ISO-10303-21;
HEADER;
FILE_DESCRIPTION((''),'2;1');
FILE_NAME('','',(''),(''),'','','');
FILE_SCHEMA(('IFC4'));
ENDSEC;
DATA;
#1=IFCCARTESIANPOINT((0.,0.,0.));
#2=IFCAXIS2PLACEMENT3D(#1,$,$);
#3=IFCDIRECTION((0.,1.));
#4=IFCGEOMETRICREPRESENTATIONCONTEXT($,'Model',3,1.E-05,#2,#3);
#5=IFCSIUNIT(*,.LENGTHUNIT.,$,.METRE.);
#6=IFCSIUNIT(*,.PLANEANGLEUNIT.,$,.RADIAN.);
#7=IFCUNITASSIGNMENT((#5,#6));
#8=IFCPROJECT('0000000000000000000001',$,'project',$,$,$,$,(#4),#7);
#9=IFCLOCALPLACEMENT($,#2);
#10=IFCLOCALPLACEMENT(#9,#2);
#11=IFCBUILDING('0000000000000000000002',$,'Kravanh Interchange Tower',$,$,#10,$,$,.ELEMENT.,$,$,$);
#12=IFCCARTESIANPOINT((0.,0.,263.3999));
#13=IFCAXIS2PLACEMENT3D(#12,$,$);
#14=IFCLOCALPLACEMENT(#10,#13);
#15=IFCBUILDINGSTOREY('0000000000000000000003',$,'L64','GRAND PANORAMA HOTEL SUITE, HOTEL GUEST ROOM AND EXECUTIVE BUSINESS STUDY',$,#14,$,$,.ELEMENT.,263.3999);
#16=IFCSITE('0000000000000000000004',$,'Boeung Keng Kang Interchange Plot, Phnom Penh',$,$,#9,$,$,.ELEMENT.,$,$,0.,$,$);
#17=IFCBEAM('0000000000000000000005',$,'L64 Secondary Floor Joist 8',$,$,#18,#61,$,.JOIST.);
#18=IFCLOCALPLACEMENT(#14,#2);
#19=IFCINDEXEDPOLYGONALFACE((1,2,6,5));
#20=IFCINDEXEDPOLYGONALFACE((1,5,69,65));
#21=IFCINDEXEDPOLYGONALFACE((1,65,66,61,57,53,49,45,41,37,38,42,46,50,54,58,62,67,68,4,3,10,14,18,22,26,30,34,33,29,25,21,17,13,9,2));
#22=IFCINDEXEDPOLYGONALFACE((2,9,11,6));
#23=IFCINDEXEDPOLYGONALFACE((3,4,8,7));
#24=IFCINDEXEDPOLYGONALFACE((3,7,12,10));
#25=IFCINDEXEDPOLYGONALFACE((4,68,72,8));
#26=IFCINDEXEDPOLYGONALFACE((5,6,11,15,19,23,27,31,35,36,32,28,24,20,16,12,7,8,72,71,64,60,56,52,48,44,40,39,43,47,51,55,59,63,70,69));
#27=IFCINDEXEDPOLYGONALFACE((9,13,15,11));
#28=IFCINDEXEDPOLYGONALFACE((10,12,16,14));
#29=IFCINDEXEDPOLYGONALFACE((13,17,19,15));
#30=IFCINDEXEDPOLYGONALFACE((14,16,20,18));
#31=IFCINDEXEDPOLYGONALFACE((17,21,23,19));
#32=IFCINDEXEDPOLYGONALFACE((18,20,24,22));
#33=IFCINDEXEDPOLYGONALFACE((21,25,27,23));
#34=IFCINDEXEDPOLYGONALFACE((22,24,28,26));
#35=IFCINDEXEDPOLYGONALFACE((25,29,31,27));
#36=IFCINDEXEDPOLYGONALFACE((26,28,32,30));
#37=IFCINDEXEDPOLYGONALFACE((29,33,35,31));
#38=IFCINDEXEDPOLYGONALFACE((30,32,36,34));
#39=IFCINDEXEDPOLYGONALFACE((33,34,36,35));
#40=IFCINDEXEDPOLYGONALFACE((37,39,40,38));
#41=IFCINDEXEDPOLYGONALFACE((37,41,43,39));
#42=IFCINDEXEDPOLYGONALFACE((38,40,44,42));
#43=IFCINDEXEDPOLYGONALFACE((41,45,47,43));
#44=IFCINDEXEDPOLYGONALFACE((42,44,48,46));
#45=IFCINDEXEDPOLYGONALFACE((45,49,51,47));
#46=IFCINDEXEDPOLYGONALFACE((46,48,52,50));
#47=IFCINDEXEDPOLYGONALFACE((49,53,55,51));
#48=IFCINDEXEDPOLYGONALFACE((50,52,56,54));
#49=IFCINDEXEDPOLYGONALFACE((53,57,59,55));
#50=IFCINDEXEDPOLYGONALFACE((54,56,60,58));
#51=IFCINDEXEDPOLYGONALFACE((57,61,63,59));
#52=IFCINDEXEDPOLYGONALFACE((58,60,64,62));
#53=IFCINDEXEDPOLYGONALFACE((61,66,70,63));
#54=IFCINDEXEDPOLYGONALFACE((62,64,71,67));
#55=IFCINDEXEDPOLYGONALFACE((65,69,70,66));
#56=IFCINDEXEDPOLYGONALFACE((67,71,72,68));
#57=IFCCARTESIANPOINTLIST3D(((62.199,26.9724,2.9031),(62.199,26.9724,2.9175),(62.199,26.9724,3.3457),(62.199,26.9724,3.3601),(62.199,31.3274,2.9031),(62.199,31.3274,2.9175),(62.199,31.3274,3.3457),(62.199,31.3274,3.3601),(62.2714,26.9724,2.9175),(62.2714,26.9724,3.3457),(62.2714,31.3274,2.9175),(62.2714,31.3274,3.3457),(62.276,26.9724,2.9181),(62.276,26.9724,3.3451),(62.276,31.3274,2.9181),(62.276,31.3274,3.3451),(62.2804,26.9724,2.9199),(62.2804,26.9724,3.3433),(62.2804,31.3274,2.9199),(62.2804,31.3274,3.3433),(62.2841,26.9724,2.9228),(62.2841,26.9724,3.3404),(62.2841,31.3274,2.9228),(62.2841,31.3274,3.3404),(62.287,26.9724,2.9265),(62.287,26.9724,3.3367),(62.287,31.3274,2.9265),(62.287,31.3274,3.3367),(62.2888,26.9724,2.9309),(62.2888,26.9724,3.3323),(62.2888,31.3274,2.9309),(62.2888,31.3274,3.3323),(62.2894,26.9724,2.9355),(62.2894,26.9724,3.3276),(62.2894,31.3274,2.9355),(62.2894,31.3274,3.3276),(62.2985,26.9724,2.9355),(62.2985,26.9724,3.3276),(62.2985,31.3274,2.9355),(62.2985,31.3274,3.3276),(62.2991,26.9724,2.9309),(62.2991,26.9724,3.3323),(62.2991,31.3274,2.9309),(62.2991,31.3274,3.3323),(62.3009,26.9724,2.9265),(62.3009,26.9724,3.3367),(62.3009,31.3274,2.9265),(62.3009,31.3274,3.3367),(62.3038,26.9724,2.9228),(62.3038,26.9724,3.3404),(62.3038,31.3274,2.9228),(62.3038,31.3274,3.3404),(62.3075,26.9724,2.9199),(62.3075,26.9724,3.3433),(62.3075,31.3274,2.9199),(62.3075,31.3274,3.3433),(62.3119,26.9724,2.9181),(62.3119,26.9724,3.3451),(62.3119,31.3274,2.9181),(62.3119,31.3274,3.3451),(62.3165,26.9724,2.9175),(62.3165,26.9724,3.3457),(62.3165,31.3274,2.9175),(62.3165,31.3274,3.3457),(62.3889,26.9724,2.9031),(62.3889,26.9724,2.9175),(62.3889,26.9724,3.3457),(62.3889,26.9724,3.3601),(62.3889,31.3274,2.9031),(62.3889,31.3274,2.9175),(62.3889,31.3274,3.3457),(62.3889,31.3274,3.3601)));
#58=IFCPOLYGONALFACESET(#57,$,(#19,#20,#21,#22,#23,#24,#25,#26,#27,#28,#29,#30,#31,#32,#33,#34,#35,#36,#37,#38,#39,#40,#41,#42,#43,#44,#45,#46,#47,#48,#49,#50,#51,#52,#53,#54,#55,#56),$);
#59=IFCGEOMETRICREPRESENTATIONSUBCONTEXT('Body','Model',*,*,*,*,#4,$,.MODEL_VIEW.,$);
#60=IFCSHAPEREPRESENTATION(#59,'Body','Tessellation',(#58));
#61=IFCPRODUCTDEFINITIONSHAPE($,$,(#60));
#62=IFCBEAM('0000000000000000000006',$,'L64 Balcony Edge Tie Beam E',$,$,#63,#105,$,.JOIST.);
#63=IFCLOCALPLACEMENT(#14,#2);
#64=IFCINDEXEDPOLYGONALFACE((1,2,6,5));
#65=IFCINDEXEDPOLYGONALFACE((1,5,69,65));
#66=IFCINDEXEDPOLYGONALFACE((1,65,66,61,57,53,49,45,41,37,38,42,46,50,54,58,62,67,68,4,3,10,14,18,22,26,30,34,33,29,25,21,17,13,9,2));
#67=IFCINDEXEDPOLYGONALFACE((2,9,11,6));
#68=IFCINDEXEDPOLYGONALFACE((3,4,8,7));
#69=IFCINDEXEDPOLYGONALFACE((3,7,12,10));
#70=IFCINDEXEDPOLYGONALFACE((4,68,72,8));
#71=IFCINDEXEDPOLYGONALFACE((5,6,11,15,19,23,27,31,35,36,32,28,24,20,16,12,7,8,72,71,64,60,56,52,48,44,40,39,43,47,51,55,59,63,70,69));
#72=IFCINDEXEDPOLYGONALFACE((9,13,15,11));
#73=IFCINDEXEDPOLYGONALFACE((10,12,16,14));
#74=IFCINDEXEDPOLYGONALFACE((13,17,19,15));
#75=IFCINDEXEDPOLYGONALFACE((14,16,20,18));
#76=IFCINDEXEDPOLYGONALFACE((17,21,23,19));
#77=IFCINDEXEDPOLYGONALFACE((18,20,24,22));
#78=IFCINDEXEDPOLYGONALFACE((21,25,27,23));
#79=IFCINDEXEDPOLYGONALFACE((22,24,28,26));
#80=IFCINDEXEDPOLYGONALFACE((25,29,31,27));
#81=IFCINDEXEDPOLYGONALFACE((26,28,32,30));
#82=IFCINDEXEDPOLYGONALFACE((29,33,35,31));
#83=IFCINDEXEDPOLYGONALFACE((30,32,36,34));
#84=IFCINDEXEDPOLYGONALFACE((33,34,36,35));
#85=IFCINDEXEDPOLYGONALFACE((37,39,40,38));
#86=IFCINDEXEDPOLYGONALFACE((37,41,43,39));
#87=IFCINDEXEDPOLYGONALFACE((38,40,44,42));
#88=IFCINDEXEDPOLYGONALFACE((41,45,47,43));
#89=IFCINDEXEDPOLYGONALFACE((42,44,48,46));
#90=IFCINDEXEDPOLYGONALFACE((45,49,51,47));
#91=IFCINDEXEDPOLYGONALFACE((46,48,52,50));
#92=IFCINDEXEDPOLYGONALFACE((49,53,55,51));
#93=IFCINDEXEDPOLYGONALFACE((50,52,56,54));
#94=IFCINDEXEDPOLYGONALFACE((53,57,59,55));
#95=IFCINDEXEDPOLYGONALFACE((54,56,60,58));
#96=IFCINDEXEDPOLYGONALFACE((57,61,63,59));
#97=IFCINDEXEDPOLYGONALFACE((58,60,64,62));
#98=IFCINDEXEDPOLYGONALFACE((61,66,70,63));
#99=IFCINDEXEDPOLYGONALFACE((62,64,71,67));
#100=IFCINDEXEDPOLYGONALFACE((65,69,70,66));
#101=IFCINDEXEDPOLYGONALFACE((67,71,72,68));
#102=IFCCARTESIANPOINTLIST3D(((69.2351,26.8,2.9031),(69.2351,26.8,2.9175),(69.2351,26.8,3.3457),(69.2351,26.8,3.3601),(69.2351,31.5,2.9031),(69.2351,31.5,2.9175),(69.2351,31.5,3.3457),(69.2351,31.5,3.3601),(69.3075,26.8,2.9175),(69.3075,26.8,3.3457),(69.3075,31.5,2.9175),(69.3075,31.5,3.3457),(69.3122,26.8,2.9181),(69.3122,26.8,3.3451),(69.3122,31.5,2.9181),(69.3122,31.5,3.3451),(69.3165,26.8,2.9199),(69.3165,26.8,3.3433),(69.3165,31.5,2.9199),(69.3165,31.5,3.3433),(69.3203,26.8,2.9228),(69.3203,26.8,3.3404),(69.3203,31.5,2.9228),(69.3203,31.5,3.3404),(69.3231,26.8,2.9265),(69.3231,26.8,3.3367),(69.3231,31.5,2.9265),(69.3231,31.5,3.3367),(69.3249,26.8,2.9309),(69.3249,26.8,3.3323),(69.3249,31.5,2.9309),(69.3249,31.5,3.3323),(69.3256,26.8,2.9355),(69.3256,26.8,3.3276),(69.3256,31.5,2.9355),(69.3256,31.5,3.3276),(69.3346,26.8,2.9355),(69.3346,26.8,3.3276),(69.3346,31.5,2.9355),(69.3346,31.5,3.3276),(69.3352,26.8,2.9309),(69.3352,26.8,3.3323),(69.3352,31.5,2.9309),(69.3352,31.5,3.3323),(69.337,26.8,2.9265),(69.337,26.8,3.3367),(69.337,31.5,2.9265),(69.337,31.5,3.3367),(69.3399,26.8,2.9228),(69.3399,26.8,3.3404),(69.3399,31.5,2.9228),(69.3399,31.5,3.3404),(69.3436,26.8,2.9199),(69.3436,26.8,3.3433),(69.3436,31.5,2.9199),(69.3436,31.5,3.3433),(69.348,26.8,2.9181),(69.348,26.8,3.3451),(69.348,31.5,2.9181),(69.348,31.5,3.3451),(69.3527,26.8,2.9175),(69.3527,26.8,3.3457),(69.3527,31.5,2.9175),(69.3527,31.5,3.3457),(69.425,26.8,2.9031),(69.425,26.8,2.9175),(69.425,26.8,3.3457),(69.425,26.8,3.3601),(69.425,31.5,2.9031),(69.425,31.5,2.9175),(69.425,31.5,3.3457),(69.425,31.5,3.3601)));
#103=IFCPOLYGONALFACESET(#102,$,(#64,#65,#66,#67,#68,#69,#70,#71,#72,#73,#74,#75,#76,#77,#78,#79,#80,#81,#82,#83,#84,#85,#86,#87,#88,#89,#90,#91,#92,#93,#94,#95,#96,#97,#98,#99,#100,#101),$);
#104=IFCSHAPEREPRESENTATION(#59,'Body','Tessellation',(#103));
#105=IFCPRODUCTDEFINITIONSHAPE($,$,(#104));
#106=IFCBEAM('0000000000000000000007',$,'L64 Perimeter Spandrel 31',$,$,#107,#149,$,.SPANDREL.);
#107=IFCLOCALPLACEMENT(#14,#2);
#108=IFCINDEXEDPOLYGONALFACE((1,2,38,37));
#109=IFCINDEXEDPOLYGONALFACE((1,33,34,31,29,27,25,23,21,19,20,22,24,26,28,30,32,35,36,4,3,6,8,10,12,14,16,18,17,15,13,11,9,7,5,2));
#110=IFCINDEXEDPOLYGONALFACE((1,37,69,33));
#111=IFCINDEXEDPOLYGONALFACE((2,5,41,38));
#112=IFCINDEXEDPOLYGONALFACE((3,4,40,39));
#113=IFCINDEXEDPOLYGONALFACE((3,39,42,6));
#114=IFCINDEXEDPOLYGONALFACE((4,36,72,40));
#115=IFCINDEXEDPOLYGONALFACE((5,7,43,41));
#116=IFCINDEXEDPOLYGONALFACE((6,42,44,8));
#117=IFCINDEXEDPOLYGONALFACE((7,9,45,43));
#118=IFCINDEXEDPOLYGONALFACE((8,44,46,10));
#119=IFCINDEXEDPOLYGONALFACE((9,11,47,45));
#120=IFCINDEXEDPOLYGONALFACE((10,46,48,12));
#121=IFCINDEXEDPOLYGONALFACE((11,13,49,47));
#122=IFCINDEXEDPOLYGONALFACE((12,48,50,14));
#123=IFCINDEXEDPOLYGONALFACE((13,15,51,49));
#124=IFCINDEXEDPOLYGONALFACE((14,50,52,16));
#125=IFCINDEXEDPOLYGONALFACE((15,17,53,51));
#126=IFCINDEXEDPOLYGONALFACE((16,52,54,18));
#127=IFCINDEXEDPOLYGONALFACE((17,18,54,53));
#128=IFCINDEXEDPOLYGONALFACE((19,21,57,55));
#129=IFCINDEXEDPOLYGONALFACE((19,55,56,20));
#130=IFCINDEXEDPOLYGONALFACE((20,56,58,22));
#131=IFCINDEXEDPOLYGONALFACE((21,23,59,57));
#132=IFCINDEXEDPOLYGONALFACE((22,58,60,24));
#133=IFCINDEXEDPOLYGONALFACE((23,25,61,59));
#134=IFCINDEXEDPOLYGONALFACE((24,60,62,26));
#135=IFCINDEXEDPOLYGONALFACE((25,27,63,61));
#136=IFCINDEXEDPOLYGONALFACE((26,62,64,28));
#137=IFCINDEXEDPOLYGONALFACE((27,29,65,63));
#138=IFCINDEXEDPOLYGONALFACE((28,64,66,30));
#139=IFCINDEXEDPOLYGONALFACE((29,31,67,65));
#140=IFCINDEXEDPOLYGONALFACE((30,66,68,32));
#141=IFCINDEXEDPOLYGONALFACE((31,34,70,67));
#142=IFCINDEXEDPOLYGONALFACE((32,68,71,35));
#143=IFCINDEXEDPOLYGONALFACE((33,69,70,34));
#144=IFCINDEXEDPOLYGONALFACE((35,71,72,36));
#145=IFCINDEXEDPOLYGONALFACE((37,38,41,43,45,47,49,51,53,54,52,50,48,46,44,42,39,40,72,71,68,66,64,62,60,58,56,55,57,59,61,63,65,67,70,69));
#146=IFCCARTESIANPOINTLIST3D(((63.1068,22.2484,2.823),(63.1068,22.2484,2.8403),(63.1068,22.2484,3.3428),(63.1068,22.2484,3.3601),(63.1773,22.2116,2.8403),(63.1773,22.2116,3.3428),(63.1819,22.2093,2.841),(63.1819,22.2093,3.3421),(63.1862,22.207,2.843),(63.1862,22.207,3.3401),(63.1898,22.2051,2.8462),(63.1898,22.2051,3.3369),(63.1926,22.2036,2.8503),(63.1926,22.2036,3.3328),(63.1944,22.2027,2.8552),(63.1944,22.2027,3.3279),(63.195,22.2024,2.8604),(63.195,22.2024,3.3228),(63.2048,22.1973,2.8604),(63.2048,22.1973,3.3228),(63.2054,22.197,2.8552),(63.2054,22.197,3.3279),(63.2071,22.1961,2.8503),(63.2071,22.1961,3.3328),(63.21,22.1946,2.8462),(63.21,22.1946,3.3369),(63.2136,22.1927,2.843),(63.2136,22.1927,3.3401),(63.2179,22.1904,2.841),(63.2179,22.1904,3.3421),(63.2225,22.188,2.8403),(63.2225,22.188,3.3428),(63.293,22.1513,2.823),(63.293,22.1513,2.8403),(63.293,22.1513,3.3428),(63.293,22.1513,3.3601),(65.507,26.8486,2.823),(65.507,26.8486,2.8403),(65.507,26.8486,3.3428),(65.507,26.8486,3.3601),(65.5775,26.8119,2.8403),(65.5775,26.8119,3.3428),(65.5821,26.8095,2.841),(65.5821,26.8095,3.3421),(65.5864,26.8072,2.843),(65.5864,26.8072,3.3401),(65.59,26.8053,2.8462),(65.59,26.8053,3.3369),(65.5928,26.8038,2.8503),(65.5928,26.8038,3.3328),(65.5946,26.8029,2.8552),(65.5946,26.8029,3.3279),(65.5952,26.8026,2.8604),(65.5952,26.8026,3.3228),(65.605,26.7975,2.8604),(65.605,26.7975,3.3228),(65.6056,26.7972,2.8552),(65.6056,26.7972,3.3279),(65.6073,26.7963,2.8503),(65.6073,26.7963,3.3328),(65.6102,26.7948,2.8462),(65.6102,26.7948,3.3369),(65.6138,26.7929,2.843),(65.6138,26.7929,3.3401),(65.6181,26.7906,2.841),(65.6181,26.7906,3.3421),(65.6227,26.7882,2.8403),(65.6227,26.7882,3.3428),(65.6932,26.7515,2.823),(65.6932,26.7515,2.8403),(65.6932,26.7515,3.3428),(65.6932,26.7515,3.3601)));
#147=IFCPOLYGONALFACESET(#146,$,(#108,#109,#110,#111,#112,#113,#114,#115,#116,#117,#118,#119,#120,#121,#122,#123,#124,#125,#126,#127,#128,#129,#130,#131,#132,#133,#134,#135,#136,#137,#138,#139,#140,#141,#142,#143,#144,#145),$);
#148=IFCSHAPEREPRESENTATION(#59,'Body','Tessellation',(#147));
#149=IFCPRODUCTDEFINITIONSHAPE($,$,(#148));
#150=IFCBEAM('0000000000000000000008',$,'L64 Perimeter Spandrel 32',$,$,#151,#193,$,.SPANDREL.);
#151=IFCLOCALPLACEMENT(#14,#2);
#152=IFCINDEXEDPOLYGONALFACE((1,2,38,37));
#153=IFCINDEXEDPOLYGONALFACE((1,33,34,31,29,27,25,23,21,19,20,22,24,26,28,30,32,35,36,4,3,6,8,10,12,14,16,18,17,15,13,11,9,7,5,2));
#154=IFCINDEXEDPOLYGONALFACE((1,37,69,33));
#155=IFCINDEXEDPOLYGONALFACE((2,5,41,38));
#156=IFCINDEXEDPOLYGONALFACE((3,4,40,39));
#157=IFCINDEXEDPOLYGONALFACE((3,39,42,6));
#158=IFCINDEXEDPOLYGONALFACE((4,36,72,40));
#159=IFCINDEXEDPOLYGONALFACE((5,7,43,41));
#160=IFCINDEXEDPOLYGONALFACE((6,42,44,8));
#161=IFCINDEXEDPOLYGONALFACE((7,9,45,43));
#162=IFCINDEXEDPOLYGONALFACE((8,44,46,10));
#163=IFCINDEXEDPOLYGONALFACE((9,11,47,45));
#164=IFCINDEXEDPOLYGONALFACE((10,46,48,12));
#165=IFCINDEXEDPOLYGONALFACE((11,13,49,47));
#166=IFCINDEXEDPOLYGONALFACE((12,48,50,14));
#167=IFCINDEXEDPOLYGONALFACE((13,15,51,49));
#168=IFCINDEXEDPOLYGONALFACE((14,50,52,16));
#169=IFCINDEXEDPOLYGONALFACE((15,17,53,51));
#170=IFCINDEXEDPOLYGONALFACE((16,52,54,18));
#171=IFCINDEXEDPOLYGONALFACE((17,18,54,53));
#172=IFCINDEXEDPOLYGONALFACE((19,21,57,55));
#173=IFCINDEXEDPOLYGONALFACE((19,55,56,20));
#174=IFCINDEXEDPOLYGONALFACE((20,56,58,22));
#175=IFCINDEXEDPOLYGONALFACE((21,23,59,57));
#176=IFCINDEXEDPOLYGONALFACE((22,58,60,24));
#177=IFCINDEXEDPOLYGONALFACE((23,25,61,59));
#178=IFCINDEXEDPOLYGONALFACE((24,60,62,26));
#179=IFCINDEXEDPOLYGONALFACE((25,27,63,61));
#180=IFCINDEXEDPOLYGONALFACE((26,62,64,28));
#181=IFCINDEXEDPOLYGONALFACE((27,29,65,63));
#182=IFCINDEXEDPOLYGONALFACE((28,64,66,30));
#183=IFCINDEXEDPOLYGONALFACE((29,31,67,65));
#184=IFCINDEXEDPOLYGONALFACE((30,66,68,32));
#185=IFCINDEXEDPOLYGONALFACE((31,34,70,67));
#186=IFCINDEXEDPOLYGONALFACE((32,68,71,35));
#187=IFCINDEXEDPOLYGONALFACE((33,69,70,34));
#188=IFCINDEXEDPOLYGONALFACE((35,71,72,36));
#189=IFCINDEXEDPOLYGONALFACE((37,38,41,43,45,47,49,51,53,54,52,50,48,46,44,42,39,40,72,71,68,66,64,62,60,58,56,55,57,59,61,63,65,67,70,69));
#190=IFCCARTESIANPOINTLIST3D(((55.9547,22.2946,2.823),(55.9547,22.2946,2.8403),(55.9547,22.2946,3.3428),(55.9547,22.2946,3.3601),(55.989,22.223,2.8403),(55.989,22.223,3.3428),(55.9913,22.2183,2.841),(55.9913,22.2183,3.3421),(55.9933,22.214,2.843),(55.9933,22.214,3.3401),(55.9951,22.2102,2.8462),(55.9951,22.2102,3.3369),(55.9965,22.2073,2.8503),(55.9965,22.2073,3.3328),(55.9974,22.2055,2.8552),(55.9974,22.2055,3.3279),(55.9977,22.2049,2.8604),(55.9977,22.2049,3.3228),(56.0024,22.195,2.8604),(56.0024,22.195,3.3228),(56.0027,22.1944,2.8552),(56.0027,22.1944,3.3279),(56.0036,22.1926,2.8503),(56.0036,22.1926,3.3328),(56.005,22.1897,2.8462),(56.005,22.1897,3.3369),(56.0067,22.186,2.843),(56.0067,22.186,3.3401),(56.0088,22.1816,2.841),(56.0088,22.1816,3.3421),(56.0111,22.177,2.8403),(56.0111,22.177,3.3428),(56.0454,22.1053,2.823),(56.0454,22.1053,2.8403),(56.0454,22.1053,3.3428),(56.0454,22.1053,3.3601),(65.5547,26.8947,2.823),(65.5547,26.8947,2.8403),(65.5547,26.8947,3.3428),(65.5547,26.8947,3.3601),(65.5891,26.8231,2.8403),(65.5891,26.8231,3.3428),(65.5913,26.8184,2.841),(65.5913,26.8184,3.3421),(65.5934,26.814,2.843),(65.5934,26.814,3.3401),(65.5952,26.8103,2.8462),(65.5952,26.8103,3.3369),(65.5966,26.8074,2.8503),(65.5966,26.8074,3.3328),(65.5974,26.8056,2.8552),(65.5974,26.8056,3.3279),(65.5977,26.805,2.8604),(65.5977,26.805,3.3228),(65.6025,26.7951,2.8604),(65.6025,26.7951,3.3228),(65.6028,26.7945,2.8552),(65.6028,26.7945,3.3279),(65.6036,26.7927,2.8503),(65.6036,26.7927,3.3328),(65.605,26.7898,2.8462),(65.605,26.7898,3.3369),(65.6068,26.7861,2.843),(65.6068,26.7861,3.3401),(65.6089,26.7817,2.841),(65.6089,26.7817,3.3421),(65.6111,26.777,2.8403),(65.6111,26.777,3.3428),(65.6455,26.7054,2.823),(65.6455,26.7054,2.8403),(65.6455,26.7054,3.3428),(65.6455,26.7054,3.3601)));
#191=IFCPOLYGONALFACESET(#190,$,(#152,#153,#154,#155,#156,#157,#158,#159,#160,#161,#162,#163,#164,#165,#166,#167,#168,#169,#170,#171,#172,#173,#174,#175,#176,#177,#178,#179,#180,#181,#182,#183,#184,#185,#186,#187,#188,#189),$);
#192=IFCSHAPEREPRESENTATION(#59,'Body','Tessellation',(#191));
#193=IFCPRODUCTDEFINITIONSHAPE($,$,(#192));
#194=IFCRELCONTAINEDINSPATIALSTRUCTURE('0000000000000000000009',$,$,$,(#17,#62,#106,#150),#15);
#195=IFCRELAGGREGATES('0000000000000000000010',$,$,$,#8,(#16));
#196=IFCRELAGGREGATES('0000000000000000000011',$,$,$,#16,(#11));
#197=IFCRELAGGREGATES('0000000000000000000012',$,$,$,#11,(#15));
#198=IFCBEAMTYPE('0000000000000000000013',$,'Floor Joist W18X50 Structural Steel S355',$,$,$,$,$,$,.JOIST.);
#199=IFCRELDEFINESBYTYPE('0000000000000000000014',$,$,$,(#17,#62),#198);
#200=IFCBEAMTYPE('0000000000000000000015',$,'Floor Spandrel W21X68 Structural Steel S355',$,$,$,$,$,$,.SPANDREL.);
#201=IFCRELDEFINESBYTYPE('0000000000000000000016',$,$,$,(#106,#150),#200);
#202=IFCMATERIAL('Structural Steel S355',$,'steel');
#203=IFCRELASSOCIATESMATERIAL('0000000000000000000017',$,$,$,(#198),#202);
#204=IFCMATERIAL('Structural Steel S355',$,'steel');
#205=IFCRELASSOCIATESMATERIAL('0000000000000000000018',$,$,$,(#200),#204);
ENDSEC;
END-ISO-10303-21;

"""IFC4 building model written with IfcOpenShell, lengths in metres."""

from ifc_helpers import new_model, si_unit, direction, frame, origin, origin_2d, place, context, subcontext, project, spatial, i_section, extrude, material, material_profile, profile_set, type_object, element, save


model = new_model("IFC4")

# Units and contexts
model_context = context("Model", 3, precision=1e-05, world=origin(), true_north=direction((0.0, 1.0)))
body_context = subcontext(model_context, "Body", "Model", "MODEL_VIEW")
ifc_project = project(units=[si_unit("LENGTHUNIT", "METRE"), si_unit("PLANEANGLEUNIT", "RADIAN")], contexts=[model_context])

# Site, building, storey
site_placement = place(None, origin())
site = spatial("IfcSite", under=ifc_project, at=site_placement, Name="Boeung Keng Kang Interchange Plot, Phnom Penh", CompositionType="ELEMENT", RefElevation=0.0)
building_placement = place(site_placement, origin())
building = spatial("IfcBuilding", under=site, at=building_placement, Name="Kravanh Interchange Tower", CompositionType="ELEMENT")
storey_placement = place(building_placement, frame((0.0, 0.0, 263.3999)))
storey = spatial("IfcBuildingStorey", under=building, at=storey_placement, Name="L64", Description="GRAND PANORAMA HOTEL SUITE, HOTEL GUEST ROOM AND EXECUTIVE BUSINESS STUDY", CompositionType="ELEMENT", Elevation=263.3999)

# Beams
ifc_material_1 = material(Name="Structural Steel S355", Category="steel")
ifc_material_profile_1 = material_profile(ifc_material_1, i_section(OverallWidth=0.1899, OverallDepth=0.457, WebThickness=0.009, FlangeThickness=0.0144, FilletRadius=0.0181, at=origin_2d()), Name="W18X50")
ifc_profile_set_1 = profile_set([ifc_material_profile_1], Name="Structural Steel S355")
beam_type_1 = type_object("IfcBeamType", Name="Floor Joist W18X50 Structural Steel S355", PredefinedType="JOIST", material=ifc_profile_set_1)
for number, where, z_axis, x_axis, name in (
    (1, (62.2939, 26.9724, 3.1316), (0.0, 1.0, 0.0), (-1.0, 0.0, 0.0), "L64 Secondary Floor Joist 8"),
):
    element("IfcBeam", number, at=place(storey_placement, frame(where, z_axis=z_axis, x_axis=x_axis)), inside=storey, type_object=beam_type_1, Name=name, PredefinedType="JOIST", context=body_context, shape_type="SweptSolid", body=[
        extrude(i_section(OverallWidth=0.1899, OverallDepth=0.457, WebThickness=0.009, FlangeThickness=0.0144, FilletRadius=0.0181, at=origin_2d()), origin(), (0.0, 0.0, 1.0), 4.355),
    ])
beam_1_placement = place(storey_placement, frame((69.3301, 26.8, 3.1316), z_axis=(0.0, 1.0, 0.0), x_axis=(-1.0, 0.0, 0.0)))
element("IfcBeam", 2, at=beam_1_placement, inside=storey, type_object=beam_type_1, Name="L64 Balcony Edge Tie Beam E", PredefinedType="JOIST", context=body_context, shape_type="SweptSolid", body=[
    extrude(i_section(OverallWidth=0.1899, OverallDepth=0.457, WebThickness=0.009, FlangeThickness=0.0144, FilletRadius=0.0181, at=origin_2d()), origin(), (0.0, 0.0, 1.0), 4.7),
])
ifc_material_2 = material(Name="Structural Steel S355", Category="steel")
ifc_material_profile_2 = material_profile(ifc_material_2, i_section(OverallWidth=0.21, OverallDepth=0.5371, WebThickness=0.011, FlangeThickness=0.0173, FilletRadius=0.02, at=origin_2d()), Name="W21X68")
ifc_profile_set_2 = profile_set([ifc_material_profile_2], Name="Structural Steel S355")
beam_type_2 = type_object("IfcBeamType", Name="Floor Spandrel W21X68 Structural Steel S355", PredefinedType="SPANDREL", material=ifc_profile_set_2)
beam_2_placement = place(storey_placement, frame((65.6001, 26.8, 3.0916), z_axis=(-0.46258, -0.886577, 0.0), x_axis=(0.886577, -0.46258, 0.0)))
element("IfcBeam", 3, at=beam_2_placement, inside=storey, type_object=beam_type_2, Name="L64 Perimeter Spandrel 31", PredefinedType="SPANDREL", context=body_context, shape_type="SweptSolid", body=[
    extrude(i_section(OverallWidth=0.21, OverallDepth=0.5371, WebThickness=0.011, FlangeThickness=0.0173, FilletRadius=0.02, at=origin_2d()), origin(), (0.0, 0.0, 1.0), 5.1887),
])
beam_3_placement = place(storey_placement, frame((65.6001, 26.8, 3.0916), z_axis=(-0.901814, -0.432124, 0.0), x_axis=(0.432124, -0.901814, 0.0)))
element("IfcBeam", 4, at=beam_3_placement, inside=storey, type_object=beam_type_2, Name="L64 Perimeter Spandrel 32", PredefinedType="SPANDREL", context=body_context, shape_type="SweptSolid", body=[
    extrude(i_section(OverallWidth=0.21, OverallDepth=0.5371, WebThickness=0.011, FlangeThickness=0.0173, FilletRadius=0.02, at=origin_2d()), origin(), (0.0, 0.0, 1.0), 10.6453),
])

save(model, "model.ifc")
